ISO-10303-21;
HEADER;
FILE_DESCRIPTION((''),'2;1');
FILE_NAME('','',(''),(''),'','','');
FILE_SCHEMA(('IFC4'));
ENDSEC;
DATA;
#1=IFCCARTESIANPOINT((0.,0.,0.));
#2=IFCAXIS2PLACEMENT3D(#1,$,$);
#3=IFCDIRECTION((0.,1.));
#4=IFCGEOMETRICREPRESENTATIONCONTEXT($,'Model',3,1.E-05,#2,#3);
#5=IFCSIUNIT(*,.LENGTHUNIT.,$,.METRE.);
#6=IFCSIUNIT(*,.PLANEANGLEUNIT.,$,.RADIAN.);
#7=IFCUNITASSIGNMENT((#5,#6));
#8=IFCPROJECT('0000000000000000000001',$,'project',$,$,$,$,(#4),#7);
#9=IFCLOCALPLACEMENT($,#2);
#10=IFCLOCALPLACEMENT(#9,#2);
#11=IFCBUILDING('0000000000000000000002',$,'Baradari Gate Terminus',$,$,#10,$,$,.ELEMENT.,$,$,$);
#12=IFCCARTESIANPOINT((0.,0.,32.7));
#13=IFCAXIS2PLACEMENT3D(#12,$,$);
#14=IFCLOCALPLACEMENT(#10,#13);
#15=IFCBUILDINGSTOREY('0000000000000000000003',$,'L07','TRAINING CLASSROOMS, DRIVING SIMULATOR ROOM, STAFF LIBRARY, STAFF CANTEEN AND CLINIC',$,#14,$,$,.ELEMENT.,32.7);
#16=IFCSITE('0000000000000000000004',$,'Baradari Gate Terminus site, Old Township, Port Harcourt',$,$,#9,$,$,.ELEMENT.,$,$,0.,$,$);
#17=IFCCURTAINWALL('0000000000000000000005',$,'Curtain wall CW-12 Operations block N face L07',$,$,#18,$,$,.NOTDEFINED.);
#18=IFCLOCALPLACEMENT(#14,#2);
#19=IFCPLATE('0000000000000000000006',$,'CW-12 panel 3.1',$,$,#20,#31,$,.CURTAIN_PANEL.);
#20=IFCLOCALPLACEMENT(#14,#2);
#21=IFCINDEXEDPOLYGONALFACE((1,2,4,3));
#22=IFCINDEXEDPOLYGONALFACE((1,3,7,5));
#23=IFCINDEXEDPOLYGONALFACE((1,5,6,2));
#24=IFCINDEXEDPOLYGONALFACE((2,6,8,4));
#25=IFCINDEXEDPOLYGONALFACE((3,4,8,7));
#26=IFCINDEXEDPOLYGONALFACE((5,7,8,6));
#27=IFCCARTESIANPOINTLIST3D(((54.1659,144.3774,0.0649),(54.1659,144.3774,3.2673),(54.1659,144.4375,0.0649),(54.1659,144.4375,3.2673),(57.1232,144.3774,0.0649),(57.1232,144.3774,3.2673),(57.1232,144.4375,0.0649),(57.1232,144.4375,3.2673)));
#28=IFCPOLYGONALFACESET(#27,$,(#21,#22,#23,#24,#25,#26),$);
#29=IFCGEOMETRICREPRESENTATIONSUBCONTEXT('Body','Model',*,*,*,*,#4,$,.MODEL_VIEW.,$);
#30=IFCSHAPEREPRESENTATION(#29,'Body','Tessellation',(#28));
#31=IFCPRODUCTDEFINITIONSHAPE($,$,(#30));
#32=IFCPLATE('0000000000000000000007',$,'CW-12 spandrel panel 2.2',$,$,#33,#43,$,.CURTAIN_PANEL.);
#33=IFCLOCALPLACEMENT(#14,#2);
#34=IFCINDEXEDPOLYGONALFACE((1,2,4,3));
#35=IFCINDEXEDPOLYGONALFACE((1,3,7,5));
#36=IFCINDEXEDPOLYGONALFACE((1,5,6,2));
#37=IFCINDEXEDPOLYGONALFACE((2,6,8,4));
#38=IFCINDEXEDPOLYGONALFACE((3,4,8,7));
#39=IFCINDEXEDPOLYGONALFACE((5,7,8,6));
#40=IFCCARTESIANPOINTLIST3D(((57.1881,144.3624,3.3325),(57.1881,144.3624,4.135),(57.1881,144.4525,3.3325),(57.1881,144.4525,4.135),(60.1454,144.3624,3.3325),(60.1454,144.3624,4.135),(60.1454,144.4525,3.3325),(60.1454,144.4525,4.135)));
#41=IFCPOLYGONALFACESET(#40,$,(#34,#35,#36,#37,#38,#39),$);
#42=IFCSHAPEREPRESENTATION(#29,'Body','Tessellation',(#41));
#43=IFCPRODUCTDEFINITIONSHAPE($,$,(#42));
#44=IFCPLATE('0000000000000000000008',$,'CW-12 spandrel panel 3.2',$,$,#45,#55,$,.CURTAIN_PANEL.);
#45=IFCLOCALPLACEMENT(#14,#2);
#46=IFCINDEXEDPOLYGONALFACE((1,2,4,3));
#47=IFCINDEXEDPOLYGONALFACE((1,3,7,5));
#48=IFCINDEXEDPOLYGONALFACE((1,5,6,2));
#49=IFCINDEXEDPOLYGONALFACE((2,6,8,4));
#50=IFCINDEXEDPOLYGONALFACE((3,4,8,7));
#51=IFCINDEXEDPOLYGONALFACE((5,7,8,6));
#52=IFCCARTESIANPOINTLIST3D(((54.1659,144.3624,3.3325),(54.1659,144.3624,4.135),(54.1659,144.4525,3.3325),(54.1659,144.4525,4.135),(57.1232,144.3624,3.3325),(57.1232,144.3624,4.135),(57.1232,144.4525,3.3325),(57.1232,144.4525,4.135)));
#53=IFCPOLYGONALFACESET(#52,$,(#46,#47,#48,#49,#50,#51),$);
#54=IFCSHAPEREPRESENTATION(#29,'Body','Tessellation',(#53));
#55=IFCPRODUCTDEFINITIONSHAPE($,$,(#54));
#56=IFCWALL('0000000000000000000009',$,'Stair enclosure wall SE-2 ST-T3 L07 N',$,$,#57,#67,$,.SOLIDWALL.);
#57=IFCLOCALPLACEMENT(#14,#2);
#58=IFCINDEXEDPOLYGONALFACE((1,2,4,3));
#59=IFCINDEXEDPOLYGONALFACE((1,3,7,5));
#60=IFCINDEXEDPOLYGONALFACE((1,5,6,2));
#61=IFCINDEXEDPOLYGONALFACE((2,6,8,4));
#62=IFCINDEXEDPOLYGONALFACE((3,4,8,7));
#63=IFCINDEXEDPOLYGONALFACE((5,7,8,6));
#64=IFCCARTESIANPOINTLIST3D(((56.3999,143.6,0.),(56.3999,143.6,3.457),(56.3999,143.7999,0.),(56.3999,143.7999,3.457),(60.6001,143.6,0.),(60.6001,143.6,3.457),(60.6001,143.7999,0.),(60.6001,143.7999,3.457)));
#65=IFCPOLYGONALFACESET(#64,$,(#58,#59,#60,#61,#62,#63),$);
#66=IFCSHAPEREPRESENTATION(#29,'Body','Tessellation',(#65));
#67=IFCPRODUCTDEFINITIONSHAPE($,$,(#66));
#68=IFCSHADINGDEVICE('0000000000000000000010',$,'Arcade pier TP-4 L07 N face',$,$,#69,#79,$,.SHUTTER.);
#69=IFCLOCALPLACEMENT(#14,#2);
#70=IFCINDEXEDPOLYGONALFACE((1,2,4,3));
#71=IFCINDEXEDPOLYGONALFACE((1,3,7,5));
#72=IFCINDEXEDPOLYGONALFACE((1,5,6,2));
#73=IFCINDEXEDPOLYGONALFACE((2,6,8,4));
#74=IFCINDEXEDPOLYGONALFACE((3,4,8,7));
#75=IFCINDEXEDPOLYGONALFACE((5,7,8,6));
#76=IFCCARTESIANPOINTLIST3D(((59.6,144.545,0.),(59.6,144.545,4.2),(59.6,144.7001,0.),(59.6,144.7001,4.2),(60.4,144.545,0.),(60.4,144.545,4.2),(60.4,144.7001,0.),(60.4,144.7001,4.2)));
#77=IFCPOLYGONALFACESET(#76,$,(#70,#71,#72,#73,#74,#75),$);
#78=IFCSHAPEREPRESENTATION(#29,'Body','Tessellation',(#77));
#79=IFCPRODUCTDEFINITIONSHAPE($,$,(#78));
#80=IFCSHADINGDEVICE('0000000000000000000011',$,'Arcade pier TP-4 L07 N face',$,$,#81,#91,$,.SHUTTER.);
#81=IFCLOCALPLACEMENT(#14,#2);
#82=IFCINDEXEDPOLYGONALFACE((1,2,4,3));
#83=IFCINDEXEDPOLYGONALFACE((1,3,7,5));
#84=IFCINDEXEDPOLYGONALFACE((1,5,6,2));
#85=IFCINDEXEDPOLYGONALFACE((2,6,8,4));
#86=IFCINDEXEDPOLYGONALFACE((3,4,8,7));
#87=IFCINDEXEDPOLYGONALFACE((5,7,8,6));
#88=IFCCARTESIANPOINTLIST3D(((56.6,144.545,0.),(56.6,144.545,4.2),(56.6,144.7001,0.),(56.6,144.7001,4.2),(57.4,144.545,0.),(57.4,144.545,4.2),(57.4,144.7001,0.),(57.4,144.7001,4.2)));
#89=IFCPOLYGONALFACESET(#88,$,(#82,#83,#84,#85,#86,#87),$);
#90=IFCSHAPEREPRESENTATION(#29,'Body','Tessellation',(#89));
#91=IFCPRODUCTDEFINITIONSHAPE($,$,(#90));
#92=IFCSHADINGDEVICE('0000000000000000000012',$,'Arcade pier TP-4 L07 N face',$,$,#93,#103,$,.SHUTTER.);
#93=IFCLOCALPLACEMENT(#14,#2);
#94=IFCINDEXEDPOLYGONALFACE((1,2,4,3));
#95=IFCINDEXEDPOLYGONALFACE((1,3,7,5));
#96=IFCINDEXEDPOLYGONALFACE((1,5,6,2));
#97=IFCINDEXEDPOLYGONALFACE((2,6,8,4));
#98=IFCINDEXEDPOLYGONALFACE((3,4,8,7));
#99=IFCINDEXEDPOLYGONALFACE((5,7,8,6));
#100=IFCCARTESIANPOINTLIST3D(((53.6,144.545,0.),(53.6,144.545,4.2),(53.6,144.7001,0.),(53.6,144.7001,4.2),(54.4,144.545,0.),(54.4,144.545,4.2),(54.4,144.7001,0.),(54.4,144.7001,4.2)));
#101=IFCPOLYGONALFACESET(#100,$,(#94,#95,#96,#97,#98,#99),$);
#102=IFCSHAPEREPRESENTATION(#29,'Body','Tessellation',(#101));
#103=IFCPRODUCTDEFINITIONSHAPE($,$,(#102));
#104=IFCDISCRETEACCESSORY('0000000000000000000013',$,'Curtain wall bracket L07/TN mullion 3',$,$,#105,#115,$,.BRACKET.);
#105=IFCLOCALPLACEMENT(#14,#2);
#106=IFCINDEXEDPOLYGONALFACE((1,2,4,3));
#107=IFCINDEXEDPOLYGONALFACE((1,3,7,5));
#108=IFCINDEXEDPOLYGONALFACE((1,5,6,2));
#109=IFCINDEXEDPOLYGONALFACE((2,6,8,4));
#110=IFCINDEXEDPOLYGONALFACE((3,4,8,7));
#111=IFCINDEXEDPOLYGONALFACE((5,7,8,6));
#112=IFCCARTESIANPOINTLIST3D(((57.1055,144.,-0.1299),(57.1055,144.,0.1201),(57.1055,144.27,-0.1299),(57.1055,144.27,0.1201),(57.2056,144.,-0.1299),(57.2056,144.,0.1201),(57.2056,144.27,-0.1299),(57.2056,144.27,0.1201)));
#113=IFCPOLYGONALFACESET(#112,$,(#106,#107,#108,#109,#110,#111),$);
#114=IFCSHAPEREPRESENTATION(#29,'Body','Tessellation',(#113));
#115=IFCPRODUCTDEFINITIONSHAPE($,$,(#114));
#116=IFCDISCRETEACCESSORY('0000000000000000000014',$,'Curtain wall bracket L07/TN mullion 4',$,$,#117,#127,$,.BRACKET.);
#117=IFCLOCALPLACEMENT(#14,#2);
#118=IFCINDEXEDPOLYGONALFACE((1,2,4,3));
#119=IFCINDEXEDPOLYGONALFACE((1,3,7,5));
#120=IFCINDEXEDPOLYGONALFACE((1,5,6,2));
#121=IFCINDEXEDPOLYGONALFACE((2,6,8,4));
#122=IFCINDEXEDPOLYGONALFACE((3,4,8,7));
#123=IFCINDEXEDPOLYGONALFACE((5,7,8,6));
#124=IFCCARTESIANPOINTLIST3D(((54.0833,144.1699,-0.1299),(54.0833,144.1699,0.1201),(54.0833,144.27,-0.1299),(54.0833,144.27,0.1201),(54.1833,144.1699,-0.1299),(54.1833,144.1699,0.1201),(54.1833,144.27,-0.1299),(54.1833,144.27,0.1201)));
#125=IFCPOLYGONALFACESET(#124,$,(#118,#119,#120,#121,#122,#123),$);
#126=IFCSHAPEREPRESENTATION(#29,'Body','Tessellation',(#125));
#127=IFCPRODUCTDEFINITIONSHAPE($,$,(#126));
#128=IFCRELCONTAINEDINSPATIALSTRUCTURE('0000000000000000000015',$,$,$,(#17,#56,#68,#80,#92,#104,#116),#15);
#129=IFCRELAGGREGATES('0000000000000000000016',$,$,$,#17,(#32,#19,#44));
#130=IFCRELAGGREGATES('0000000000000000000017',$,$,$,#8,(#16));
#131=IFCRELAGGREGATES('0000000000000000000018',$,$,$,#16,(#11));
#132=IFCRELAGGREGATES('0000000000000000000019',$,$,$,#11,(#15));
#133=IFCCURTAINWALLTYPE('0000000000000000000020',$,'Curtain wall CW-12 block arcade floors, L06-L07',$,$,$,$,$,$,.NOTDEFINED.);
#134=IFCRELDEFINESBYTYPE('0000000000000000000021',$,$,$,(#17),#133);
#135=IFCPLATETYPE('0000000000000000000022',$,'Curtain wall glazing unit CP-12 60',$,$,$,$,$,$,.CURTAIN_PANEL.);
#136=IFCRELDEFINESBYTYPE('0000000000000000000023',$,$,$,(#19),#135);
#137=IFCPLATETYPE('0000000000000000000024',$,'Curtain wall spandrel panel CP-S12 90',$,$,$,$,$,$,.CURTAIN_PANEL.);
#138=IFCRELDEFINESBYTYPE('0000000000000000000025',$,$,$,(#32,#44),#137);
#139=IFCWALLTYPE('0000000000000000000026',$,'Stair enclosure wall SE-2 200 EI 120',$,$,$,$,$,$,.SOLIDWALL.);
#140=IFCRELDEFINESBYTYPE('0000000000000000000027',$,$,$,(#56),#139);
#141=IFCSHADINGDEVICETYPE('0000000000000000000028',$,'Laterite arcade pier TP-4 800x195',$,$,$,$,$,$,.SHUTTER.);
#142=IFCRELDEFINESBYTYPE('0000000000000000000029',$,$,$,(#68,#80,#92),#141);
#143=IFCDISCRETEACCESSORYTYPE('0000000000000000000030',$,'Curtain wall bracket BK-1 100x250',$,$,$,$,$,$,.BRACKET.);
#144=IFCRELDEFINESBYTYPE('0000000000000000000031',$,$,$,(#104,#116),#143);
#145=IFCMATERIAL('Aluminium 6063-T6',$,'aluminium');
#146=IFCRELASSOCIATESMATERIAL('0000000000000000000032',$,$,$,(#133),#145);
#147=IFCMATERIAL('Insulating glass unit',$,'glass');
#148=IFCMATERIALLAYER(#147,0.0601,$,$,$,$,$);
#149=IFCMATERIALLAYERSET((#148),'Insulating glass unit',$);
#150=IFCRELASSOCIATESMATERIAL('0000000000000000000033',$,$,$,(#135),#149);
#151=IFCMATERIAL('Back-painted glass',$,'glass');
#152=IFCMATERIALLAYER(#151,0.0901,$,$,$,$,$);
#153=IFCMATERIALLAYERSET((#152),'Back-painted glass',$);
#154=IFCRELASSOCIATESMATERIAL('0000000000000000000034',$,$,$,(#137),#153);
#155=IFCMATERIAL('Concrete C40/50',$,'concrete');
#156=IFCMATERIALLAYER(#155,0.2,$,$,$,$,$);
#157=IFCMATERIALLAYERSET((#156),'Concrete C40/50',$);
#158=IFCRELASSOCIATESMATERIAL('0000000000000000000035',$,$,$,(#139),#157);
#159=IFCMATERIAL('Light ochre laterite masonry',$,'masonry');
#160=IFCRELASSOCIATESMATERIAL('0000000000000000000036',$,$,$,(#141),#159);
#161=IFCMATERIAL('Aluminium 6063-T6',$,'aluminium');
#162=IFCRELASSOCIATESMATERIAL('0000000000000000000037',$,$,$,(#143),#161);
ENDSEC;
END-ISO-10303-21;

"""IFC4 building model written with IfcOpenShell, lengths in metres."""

from ifc_helpers import new_model, si_unit, direction, frame, frame_2d, origin, origin_2d, place, context, subcontext, project, spatial, rectangle, extrude, material, layer, layer_set, type_object, element, aggregate, save


model = new_model("IFC4")

# Units and contexts
model_context = context("Model", 3, precision=1e-05, world=origin(), true_north=direction((0.0, 1.0)))
body_context = subcontext(model_context, "Body", "Model", "MODEL_VIEW")
ifc_project = project(units=[si_unit("LENGTHUNIT", "METRE"), si_unit("PLANEANGLEUNIT", "RADIAN")], contexts=[model_context])

# Site, building, storey
site_placement = place(None, origin())
site = spatial("IfcSite", under=ifc_project, at=site_placement, Name="Baradari Gate Terminus site, Old Township, Port Harcourt", CompositionType="ELEMENT", RefElevation=0.0)
building_placement = place(site_placement, origin())
building = spatial("IfcBuilding", under=site, at=building_placement, Name="Baradari Gate Terminus", CompositionType="ELEMENT")
storey_placement = place(building_placement, frame((0.0, 0.0, 32.7)))
storey = spatial("IfcBuildingStorey", under=building, at=storey_placement, Name="L07", Description="TRAINING CLASSROOMS, DRIVING SIMULATOR ROOM, STAFF LIBRARY, STAFF CANTEEN AND CLINIC", CompositionType="ELEMENT", Elevation=32.7)

# Curtain wall
ifc_material_1 = material(Name="Aluminium 6063-T6", Category="aluminium")
curtain_wall_type = type_object("IfcCurtainWallType", Name="Curtain wall CW-12 block arcade floors, L06-L07", PredefinedType="NOTDEFINED", material=ifc_material_1)
curtain_wall_placement = place(storey_placement, origin())
curtain_wall = element("IfcCurtainWall", 1, at=curtain_wall_placement, inside=storey, type_object=curtain_wall_type, Name="Curtain wall CW-12 Operations block N face L07", PredefinedType="NOTDEFINED")

# Plates
ifc_material_2 = material(Name="Insulating glass unit", Category="glass")
ifc_layer_1 = layer(ifc_material_2, 0.0601)
ifc_layer_set_1 = layer_set([ifc_layer_1], Name="Insulating glass unit")
plate_type_1 = type_object("IfcPlateType", Name="Curtain wall glazing unit CP-12 60", PredefinedType="CURTAIN_PANEL", material=ifc_layer_set_1)
plate_1_placement = place(storey_placement, frame((55.6445, 144.4075, 0.0649), z_axis=(0.0, 0.0, 1.0), x_axis=(-1.0, 0.0, 0.0)))
plate_1 = element("IfcPlate", 2, at=plate_1_placement, type_object=plate_type_1, Name="CW-12 panel 3.1", PredefinedType="CURTAIN_PANEL", context=body_context, shape_type="SweptSolid", body=[
    extrude(rectangle(XDim=2.9573, YDim=0.0601, at=origin_2d()), origin(), (0.0, 0.0, 1.0), 3.2024),
])
ifc_material_3 = material(Name="Back-painted glass", Category="glass")
ifc_layer_2 = layer(ifc_material_3, 0.0901)
ifc_layer_set_2 = layer_set([ifc_layer_2], Name="Back-painted glass")
plate_type_2 = type_object("IfcPlateType", Name="Curtain wall spandrel panel CP-S12 90", PredefinedType="CURTAIN_PANEL", material=ifc_layer_set_2)
plate_2_placement = place(storey_placement, frame((58.6667, 144.4075, 3.3325), z_axis=(0.0, 0.0, 1.0), x_axis=(-1.0, 0.0, 0.0)))
plate_2 = element("IfcPlate", 3, at=plate_2_placement, type_object=plate_type_2, Name="CW-12 spandrel panel 2.2", PredefinedType="CURTAIN_PANEL", context=body_context, shape_type="SweptSolid", body=[
    extrude(rectangle(XDim=2.9573, YDim=0.0901, at=origin_2d()), origin(), (0.0, 0.0, 1.0), 0.8025),
])
plate_3_placement = place(storey_placement, frame((55.6445, 144.4075, 3.3325), z_axis=(0.0, 0.0, 1.0), x_axis=(-1.0, 0.0, 0.0)))
plate_3 = element("IfcPlate", 4, at=plate_3_placement, type_object=plate_type_2, Name="CW-12 spandrel panel 3.2", PredefinedType="CURTAIN_PANEL", context=body_context, shape_type="SweptSolid", body=[
    extrude(rectangle(XDim=2.9573, YDim=0.0901, at=origin_2d()), origin(), (0.0, 0.0, 1.0), 0.8025),
])
aggregate(curtain_wall, [plate_2, plate_1, plate_3])

# Wall
ifc_material_4 = material(Name="Concrete C40/50", Category="concrete")
ifc_layer_3 = layer(ifc_material_4, 0.2)
ifc_layer_set_3 = layer_set([ifc_layer_3], Name="Concrete C40/50")
wall_type = type_object("IfcWallType", Name="Stair enclosure wall SE-2 200 EI 120", PredefinedType="SOLIDWALL", material=ifc_layer_set_3)
wall_placement = place(storey_placement, frame((56.3999, 143.7, 0.0), z_axis=(0.0, 0.0, 1.0), x_axis=(1.0, 0.0, 0.0)))
element("IfcWall", 5, at=wall_placement, inside=storey, type_object=wall_type, Name="Stair enclosure wall SE-2 ST-T3 L07 N", PredefinedType="SOLIDWALL", context=body_context, shape_type="SweptSolid", body=[
    extrude(rectangle(XDim=4.2002, YDim=0.2, at=frame_2d((2.1001, 0.0))), origin(), (0.0, 0.0, 1.0), 3.457),
])

# Shading devices
ifc_material_5 = material(Name="Light ochre laterite masonry", Category="masonry")
shading_device_type = type_object("IfcShadingDeviceType", Name="Laterite arcade pier TP-4 800x195", PredefinedType="SHUTTER", material=ifc_material_5)
for number, where, z_axis, x_axis, name in (
    (6, (60.0, 144.6226, 0.0), (0.0, 0.0, 1.0), (-1.0, 0.0, 0.0), "Arcade pier TP-4 L07 N face"),
    (7, (57.0, 144.6226, 0.0), (0.0, 0.0, 1.0), (-1.0, 0.0, 0.0), "Arcade pier TP-4 L07 N face"),
    (8, (54.0, 144.6226, 0.0), (0.0, 0.0, 1.0), (-1.0, 0.0, 0.0), "Arcade pier TP-4 L07 N face"),
):
    element("IfcShadingDevice", number, at=place(storey_placement, frame(where, z_axis=z_axis, x_axis=x_axis)), inside=storey, type_object=shading_device_type, Name=name, PredefinedType="SHUTTER", context=body_context, shape_type="SweptSolid", body=[
        extrude(rectangle(XDim=0.8, YDim=0.155, at=origin_2d()), origin(), (0.0, 0.0, 1.0), 4.2),
    ])

# Discrete accessories
ifc_material_6 = material(Name="Aluminium 6063-T6", Category="aluminium")
discrete_accessory_type = type_object("IfcDiscreteAccessoryType", Name="Curtain wall bracket BK-1 100x250", PredefinedType="BRACKET", material=ifc_material_6)
discrete_accessory_1_placement = place(storey_placement, frame((57.1555, 144.135, -0.1299), z_axis=(0.0, 0.0, 1.0), x_axis=(0.0, 1.0, 0.0)))
element("IfcDiscreteAccessory", 9, at=discrete_accessory_1_placement, inside=storey, type_object=discrete_accessory_type, Name="Curtain wall bracket L07/TN mullion 3", PredefinedType="BRACKET", context=body_context, shape_type="SweptSolid", body=[
    extrude(rectangle(XDim=0.27, YDim=0.1001, at=origin_2d()), origin(), (0.0, 0.0, 1.0), 0.25),
])
discrete_accessory_2_placement = place(storey_placement, frame((54.1333, 144.22, -0.1299), z_axis=(0.0, 0.0, 1.0), x_axis=(0.0, 1.0, 0.0)))
element("IfcDiscreteAccessory", 10, at=discrete_accessory_2_placement, inside=storey, type_object=discrete_accessory_type, Name="Curtain wall bracket L07/TN mullion 4", PredefinedType="BRACKET", context=body_context, shape_type="SweptSolid", body=[
    extrude(rectangle(XDim=0.1001, YDim=0.1001, at=origin_2d()), origin(), (0.0, 0.0, 1.0), 0.25),
])

save(model, "model.ifc")
